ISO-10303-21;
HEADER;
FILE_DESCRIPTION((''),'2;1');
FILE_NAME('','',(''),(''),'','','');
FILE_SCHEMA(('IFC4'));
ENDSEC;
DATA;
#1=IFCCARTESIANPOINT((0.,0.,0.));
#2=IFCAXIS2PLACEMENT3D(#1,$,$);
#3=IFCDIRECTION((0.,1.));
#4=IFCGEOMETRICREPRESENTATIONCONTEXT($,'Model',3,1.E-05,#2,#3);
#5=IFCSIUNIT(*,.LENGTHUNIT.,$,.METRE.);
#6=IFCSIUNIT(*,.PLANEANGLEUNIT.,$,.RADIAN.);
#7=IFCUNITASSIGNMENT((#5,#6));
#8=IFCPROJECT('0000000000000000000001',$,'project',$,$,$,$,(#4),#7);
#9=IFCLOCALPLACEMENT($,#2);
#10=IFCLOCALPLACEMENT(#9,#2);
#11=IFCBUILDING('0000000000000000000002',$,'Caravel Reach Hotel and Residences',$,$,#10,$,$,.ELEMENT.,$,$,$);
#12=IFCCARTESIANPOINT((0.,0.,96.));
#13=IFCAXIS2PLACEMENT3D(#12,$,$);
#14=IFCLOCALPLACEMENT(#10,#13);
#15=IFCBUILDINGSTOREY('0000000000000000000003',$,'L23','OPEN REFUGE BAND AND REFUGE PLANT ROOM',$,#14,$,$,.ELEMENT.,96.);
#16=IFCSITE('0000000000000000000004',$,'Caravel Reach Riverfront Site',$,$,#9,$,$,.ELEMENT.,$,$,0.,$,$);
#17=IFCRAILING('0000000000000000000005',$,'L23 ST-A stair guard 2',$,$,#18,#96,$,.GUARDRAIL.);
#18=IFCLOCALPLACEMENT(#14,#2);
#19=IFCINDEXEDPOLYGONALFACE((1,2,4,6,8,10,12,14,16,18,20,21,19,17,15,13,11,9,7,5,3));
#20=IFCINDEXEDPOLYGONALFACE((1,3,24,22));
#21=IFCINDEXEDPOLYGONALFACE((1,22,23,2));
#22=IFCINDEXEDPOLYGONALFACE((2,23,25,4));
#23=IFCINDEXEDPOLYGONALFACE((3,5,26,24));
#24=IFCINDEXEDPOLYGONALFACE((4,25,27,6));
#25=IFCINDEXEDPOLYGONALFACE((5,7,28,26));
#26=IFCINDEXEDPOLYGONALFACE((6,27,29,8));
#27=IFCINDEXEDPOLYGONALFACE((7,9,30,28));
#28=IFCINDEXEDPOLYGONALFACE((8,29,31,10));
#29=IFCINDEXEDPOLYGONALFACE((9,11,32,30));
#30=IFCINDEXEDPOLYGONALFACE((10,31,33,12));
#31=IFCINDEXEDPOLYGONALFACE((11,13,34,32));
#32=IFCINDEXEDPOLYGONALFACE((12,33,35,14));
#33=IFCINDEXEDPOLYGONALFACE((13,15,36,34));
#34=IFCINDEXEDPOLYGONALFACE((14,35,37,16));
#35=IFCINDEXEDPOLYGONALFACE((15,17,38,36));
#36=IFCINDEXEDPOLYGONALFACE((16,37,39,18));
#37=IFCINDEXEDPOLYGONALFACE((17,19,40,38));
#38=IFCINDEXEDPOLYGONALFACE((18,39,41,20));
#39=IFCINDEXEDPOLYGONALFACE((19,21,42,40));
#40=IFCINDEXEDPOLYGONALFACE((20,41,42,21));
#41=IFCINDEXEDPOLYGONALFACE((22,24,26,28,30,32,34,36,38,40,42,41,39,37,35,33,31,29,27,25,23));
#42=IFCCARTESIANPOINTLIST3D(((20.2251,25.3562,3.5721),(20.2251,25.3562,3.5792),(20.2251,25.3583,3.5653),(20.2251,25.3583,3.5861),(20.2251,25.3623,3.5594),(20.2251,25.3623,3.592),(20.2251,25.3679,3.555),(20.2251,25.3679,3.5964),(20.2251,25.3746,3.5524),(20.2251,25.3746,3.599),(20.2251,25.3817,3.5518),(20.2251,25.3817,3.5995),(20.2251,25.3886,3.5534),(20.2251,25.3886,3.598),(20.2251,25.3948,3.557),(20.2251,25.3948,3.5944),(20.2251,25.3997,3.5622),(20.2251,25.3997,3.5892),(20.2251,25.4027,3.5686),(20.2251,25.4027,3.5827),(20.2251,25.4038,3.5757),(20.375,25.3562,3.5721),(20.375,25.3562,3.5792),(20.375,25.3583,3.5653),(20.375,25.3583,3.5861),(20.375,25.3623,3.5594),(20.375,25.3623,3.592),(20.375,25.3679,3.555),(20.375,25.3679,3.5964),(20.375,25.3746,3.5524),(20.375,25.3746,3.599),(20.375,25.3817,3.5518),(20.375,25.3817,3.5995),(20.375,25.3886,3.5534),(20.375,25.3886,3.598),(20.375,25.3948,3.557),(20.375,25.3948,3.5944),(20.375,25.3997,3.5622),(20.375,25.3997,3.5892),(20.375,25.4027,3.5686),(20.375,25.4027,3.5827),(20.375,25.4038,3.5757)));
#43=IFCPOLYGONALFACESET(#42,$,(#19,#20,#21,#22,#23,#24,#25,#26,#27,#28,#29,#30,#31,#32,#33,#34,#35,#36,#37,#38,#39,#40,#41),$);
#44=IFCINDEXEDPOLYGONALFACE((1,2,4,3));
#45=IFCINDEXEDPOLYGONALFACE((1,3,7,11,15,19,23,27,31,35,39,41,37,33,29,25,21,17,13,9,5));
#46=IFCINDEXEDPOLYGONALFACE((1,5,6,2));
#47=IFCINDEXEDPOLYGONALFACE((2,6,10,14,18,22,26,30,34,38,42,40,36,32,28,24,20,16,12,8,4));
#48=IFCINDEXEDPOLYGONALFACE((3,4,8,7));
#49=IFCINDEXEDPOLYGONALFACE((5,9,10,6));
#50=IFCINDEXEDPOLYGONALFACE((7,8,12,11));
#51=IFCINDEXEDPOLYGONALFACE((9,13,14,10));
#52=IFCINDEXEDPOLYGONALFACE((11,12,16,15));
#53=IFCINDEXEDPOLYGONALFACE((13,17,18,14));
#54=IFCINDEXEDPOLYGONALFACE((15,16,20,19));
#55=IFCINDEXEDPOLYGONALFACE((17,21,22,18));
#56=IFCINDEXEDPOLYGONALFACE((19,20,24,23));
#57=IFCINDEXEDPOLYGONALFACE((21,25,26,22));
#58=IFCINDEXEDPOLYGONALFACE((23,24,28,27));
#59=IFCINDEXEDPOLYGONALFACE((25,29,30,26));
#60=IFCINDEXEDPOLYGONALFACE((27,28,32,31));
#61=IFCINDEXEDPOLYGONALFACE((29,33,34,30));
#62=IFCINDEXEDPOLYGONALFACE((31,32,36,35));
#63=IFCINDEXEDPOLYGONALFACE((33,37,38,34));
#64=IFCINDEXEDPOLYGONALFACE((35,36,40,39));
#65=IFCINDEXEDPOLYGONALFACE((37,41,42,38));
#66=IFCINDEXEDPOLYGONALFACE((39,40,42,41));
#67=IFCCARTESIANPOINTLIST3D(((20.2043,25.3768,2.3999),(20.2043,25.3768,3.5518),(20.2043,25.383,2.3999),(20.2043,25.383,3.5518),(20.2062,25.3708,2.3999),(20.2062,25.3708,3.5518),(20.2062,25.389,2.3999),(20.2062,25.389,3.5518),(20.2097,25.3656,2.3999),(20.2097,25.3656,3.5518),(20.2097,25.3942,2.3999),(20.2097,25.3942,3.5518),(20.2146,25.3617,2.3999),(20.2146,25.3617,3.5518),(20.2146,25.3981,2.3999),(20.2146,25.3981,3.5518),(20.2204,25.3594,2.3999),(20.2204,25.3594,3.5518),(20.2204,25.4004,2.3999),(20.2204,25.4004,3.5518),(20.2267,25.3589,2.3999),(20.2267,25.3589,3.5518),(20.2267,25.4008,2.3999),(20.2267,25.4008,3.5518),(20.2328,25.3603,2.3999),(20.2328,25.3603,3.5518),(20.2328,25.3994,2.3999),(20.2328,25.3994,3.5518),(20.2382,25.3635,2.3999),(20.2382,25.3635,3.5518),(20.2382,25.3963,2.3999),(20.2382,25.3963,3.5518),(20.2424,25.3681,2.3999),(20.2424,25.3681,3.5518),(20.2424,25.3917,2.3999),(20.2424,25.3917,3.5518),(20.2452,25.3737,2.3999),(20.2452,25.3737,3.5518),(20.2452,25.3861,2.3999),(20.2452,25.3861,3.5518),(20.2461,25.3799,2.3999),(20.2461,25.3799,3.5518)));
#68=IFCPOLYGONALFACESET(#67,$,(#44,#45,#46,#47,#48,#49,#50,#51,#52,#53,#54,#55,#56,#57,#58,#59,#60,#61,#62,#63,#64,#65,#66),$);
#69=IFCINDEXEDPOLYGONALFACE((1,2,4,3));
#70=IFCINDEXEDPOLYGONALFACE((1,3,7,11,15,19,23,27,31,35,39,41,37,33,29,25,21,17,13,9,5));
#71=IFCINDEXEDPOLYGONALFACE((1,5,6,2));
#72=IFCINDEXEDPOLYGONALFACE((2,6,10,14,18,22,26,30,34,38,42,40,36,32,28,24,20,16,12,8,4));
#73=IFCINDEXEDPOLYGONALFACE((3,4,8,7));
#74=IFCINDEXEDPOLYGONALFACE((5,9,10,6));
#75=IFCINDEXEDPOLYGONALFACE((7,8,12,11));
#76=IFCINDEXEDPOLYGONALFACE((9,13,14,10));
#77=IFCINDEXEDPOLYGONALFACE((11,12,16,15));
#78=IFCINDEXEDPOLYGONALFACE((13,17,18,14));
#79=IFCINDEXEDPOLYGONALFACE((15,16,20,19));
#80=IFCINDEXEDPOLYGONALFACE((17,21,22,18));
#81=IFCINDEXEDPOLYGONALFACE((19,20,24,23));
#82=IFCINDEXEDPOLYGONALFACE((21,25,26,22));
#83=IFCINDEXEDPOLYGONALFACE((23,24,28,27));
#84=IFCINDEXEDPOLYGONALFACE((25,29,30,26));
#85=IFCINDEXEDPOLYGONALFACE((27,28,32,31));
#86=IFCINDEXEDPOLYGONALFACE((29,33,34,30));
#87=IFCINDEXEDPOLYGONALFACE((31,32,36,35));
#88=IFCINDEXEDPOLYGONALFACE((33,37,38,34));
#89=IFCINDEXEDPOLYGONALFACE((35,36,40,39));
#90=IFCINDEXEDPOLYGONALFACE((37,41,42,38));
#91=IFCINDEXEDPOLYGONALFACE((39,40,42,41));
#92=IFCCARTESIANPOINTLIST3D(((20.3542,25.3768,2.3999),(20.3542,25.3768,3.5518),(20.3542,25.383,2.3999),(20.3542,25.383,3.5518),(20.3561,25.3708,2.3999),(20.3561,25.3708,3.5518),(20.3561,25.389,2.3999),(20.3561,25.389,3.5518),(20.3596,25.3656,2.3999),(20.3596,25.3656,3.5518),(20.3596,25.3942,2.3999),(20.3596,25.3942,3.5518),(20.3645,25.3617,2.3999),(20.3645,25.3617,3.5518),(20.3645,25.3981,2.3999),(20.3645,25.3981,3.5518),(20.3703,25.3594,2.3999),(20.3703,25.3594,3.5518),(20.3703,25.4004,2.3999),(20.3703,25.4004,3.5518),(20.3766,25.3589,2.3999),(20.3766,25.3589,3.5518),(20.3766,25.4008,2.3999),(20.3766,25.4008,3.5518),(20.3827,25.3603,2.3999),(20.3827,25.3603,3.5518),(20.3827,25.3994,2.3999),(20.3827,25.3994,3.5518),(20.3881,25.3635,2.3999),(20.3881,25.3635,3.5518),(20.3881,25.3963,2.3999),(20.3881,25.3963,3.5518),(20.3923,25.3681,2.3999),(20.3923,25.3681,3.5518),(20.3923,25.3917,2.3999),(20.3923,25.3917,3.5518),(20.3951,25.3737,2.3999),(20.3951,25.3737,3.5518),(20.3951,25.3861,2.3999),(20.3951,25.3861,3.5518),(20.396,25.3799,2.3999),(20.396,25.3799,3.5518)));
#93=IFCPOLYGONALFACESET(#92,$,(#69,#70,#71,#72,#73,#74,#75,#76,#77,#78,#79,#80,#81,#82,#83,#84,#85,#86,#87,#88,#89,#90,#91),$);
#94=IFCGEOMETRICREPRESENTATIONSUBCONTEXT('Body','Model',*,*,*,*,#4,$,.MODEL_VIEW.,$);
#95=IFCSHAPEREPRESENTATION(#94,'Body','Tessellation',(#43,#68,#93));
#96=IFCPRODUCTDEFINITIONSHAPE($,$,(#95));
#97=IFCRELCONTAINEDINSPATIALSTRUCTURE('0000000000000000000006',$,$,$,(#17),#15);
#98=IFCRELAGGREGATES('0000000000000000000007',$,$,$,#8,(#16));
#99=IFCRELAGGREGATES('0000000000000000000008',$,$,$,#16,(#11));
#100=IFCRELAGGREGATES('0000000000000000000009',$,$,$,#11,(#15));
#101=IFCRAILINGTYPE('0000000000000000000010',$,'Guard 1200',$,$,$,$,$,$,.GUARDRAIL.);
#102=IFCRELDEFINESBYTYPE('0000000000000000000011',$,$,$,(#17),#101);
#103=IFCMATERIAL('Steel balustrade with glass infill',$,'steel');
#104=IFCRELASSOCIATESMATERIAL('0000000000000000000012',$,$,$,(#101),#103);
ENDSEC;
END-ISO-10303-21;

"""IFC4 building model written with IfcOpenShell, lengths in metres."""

from ifc_helpers import new_model, si_unit, direction, frame, origin, origin_2d, place, context, subcontext, project, spatial, circle, extrude, material, type_object, element, save


model = new_model("IFC4")

# Units and contexts
model_context = context("Model", 3, precision=1e-05, world=origin(), true_north=direction((0.0, 1.0)))
body_context = subcontext(model_context, "Body", "Model", "MODEL_VIEW")
ifc_project = project(units=[si_unit("LENGTHUNIT", "METRE"), si_unit("PLANEANGLEUNIT", "RADIAN")], contexts=[model_context])

# Site, building, storey
site_placement = place(None, origin())
site = spatial("IfcSite", under=ifc_project, at=site_placement, Name="Caravel Reach Riverfront Site", CompositionType="ELEMENT", RefElevation=0.0)
building_placement = place(site_placement, origin())
building = spatial("IfcBuilding", under=site, at=building_placement, Name="Caravel Reach Hotel and Residences", CompositionType="ELEMENT")
storey_placement = place(building_placement, frame((0.0, 0.0, 96.0)))
storey = spatial("IfcBuildingStorey", under=building, at=storey_placement, Name="L23", Description="OPEN REFUGE BAND AND REFUGE PLANT ROOM", CompositionType="ELEMENT", Elevation=96.0)

# Railing
ifc_material_1 = material(Name="Steel balustrade with glass infill", Category="steel")
railing_type_1 = type_object("IfcRailingType", Name="Guard 1200", PredefinedType="GUARDRAIL", material=ifc_material_1)
railing_1_placement = place(storey_placement, frame((20.2251, 25.3799, 2.3999)))
element("IfcRailing", 1, at=railing_1_placement, inside=storey, type_object=railing_type_1, Name="L23 ST-A stair guard 2", PredefinedType="GUARDRAIL", context=body_context, shape_type="SweptSolid", body=[
    extrude(circle(Radius=0.0239, at=origin_2d()), frame((0.0, 0.0, 1.1758), z_axis=(1.0, 0.0, 0.0), x_axis=(0.0, 1.0, 0.0)), (0.0, 0.0, 1.0), 0.1499),
    extrude(circle(Radius=0.021, at=origin_2d()), origin(), (0.0, 0.0, 1.0), 1.1519),
    extrude(circle(Radius=0.021, at=origin_2d()), frame((0.1499, 0.0, 0.0)), (0.0, 0.0, 1.0), 1.1519),
])

save(model, "model.ifc")
